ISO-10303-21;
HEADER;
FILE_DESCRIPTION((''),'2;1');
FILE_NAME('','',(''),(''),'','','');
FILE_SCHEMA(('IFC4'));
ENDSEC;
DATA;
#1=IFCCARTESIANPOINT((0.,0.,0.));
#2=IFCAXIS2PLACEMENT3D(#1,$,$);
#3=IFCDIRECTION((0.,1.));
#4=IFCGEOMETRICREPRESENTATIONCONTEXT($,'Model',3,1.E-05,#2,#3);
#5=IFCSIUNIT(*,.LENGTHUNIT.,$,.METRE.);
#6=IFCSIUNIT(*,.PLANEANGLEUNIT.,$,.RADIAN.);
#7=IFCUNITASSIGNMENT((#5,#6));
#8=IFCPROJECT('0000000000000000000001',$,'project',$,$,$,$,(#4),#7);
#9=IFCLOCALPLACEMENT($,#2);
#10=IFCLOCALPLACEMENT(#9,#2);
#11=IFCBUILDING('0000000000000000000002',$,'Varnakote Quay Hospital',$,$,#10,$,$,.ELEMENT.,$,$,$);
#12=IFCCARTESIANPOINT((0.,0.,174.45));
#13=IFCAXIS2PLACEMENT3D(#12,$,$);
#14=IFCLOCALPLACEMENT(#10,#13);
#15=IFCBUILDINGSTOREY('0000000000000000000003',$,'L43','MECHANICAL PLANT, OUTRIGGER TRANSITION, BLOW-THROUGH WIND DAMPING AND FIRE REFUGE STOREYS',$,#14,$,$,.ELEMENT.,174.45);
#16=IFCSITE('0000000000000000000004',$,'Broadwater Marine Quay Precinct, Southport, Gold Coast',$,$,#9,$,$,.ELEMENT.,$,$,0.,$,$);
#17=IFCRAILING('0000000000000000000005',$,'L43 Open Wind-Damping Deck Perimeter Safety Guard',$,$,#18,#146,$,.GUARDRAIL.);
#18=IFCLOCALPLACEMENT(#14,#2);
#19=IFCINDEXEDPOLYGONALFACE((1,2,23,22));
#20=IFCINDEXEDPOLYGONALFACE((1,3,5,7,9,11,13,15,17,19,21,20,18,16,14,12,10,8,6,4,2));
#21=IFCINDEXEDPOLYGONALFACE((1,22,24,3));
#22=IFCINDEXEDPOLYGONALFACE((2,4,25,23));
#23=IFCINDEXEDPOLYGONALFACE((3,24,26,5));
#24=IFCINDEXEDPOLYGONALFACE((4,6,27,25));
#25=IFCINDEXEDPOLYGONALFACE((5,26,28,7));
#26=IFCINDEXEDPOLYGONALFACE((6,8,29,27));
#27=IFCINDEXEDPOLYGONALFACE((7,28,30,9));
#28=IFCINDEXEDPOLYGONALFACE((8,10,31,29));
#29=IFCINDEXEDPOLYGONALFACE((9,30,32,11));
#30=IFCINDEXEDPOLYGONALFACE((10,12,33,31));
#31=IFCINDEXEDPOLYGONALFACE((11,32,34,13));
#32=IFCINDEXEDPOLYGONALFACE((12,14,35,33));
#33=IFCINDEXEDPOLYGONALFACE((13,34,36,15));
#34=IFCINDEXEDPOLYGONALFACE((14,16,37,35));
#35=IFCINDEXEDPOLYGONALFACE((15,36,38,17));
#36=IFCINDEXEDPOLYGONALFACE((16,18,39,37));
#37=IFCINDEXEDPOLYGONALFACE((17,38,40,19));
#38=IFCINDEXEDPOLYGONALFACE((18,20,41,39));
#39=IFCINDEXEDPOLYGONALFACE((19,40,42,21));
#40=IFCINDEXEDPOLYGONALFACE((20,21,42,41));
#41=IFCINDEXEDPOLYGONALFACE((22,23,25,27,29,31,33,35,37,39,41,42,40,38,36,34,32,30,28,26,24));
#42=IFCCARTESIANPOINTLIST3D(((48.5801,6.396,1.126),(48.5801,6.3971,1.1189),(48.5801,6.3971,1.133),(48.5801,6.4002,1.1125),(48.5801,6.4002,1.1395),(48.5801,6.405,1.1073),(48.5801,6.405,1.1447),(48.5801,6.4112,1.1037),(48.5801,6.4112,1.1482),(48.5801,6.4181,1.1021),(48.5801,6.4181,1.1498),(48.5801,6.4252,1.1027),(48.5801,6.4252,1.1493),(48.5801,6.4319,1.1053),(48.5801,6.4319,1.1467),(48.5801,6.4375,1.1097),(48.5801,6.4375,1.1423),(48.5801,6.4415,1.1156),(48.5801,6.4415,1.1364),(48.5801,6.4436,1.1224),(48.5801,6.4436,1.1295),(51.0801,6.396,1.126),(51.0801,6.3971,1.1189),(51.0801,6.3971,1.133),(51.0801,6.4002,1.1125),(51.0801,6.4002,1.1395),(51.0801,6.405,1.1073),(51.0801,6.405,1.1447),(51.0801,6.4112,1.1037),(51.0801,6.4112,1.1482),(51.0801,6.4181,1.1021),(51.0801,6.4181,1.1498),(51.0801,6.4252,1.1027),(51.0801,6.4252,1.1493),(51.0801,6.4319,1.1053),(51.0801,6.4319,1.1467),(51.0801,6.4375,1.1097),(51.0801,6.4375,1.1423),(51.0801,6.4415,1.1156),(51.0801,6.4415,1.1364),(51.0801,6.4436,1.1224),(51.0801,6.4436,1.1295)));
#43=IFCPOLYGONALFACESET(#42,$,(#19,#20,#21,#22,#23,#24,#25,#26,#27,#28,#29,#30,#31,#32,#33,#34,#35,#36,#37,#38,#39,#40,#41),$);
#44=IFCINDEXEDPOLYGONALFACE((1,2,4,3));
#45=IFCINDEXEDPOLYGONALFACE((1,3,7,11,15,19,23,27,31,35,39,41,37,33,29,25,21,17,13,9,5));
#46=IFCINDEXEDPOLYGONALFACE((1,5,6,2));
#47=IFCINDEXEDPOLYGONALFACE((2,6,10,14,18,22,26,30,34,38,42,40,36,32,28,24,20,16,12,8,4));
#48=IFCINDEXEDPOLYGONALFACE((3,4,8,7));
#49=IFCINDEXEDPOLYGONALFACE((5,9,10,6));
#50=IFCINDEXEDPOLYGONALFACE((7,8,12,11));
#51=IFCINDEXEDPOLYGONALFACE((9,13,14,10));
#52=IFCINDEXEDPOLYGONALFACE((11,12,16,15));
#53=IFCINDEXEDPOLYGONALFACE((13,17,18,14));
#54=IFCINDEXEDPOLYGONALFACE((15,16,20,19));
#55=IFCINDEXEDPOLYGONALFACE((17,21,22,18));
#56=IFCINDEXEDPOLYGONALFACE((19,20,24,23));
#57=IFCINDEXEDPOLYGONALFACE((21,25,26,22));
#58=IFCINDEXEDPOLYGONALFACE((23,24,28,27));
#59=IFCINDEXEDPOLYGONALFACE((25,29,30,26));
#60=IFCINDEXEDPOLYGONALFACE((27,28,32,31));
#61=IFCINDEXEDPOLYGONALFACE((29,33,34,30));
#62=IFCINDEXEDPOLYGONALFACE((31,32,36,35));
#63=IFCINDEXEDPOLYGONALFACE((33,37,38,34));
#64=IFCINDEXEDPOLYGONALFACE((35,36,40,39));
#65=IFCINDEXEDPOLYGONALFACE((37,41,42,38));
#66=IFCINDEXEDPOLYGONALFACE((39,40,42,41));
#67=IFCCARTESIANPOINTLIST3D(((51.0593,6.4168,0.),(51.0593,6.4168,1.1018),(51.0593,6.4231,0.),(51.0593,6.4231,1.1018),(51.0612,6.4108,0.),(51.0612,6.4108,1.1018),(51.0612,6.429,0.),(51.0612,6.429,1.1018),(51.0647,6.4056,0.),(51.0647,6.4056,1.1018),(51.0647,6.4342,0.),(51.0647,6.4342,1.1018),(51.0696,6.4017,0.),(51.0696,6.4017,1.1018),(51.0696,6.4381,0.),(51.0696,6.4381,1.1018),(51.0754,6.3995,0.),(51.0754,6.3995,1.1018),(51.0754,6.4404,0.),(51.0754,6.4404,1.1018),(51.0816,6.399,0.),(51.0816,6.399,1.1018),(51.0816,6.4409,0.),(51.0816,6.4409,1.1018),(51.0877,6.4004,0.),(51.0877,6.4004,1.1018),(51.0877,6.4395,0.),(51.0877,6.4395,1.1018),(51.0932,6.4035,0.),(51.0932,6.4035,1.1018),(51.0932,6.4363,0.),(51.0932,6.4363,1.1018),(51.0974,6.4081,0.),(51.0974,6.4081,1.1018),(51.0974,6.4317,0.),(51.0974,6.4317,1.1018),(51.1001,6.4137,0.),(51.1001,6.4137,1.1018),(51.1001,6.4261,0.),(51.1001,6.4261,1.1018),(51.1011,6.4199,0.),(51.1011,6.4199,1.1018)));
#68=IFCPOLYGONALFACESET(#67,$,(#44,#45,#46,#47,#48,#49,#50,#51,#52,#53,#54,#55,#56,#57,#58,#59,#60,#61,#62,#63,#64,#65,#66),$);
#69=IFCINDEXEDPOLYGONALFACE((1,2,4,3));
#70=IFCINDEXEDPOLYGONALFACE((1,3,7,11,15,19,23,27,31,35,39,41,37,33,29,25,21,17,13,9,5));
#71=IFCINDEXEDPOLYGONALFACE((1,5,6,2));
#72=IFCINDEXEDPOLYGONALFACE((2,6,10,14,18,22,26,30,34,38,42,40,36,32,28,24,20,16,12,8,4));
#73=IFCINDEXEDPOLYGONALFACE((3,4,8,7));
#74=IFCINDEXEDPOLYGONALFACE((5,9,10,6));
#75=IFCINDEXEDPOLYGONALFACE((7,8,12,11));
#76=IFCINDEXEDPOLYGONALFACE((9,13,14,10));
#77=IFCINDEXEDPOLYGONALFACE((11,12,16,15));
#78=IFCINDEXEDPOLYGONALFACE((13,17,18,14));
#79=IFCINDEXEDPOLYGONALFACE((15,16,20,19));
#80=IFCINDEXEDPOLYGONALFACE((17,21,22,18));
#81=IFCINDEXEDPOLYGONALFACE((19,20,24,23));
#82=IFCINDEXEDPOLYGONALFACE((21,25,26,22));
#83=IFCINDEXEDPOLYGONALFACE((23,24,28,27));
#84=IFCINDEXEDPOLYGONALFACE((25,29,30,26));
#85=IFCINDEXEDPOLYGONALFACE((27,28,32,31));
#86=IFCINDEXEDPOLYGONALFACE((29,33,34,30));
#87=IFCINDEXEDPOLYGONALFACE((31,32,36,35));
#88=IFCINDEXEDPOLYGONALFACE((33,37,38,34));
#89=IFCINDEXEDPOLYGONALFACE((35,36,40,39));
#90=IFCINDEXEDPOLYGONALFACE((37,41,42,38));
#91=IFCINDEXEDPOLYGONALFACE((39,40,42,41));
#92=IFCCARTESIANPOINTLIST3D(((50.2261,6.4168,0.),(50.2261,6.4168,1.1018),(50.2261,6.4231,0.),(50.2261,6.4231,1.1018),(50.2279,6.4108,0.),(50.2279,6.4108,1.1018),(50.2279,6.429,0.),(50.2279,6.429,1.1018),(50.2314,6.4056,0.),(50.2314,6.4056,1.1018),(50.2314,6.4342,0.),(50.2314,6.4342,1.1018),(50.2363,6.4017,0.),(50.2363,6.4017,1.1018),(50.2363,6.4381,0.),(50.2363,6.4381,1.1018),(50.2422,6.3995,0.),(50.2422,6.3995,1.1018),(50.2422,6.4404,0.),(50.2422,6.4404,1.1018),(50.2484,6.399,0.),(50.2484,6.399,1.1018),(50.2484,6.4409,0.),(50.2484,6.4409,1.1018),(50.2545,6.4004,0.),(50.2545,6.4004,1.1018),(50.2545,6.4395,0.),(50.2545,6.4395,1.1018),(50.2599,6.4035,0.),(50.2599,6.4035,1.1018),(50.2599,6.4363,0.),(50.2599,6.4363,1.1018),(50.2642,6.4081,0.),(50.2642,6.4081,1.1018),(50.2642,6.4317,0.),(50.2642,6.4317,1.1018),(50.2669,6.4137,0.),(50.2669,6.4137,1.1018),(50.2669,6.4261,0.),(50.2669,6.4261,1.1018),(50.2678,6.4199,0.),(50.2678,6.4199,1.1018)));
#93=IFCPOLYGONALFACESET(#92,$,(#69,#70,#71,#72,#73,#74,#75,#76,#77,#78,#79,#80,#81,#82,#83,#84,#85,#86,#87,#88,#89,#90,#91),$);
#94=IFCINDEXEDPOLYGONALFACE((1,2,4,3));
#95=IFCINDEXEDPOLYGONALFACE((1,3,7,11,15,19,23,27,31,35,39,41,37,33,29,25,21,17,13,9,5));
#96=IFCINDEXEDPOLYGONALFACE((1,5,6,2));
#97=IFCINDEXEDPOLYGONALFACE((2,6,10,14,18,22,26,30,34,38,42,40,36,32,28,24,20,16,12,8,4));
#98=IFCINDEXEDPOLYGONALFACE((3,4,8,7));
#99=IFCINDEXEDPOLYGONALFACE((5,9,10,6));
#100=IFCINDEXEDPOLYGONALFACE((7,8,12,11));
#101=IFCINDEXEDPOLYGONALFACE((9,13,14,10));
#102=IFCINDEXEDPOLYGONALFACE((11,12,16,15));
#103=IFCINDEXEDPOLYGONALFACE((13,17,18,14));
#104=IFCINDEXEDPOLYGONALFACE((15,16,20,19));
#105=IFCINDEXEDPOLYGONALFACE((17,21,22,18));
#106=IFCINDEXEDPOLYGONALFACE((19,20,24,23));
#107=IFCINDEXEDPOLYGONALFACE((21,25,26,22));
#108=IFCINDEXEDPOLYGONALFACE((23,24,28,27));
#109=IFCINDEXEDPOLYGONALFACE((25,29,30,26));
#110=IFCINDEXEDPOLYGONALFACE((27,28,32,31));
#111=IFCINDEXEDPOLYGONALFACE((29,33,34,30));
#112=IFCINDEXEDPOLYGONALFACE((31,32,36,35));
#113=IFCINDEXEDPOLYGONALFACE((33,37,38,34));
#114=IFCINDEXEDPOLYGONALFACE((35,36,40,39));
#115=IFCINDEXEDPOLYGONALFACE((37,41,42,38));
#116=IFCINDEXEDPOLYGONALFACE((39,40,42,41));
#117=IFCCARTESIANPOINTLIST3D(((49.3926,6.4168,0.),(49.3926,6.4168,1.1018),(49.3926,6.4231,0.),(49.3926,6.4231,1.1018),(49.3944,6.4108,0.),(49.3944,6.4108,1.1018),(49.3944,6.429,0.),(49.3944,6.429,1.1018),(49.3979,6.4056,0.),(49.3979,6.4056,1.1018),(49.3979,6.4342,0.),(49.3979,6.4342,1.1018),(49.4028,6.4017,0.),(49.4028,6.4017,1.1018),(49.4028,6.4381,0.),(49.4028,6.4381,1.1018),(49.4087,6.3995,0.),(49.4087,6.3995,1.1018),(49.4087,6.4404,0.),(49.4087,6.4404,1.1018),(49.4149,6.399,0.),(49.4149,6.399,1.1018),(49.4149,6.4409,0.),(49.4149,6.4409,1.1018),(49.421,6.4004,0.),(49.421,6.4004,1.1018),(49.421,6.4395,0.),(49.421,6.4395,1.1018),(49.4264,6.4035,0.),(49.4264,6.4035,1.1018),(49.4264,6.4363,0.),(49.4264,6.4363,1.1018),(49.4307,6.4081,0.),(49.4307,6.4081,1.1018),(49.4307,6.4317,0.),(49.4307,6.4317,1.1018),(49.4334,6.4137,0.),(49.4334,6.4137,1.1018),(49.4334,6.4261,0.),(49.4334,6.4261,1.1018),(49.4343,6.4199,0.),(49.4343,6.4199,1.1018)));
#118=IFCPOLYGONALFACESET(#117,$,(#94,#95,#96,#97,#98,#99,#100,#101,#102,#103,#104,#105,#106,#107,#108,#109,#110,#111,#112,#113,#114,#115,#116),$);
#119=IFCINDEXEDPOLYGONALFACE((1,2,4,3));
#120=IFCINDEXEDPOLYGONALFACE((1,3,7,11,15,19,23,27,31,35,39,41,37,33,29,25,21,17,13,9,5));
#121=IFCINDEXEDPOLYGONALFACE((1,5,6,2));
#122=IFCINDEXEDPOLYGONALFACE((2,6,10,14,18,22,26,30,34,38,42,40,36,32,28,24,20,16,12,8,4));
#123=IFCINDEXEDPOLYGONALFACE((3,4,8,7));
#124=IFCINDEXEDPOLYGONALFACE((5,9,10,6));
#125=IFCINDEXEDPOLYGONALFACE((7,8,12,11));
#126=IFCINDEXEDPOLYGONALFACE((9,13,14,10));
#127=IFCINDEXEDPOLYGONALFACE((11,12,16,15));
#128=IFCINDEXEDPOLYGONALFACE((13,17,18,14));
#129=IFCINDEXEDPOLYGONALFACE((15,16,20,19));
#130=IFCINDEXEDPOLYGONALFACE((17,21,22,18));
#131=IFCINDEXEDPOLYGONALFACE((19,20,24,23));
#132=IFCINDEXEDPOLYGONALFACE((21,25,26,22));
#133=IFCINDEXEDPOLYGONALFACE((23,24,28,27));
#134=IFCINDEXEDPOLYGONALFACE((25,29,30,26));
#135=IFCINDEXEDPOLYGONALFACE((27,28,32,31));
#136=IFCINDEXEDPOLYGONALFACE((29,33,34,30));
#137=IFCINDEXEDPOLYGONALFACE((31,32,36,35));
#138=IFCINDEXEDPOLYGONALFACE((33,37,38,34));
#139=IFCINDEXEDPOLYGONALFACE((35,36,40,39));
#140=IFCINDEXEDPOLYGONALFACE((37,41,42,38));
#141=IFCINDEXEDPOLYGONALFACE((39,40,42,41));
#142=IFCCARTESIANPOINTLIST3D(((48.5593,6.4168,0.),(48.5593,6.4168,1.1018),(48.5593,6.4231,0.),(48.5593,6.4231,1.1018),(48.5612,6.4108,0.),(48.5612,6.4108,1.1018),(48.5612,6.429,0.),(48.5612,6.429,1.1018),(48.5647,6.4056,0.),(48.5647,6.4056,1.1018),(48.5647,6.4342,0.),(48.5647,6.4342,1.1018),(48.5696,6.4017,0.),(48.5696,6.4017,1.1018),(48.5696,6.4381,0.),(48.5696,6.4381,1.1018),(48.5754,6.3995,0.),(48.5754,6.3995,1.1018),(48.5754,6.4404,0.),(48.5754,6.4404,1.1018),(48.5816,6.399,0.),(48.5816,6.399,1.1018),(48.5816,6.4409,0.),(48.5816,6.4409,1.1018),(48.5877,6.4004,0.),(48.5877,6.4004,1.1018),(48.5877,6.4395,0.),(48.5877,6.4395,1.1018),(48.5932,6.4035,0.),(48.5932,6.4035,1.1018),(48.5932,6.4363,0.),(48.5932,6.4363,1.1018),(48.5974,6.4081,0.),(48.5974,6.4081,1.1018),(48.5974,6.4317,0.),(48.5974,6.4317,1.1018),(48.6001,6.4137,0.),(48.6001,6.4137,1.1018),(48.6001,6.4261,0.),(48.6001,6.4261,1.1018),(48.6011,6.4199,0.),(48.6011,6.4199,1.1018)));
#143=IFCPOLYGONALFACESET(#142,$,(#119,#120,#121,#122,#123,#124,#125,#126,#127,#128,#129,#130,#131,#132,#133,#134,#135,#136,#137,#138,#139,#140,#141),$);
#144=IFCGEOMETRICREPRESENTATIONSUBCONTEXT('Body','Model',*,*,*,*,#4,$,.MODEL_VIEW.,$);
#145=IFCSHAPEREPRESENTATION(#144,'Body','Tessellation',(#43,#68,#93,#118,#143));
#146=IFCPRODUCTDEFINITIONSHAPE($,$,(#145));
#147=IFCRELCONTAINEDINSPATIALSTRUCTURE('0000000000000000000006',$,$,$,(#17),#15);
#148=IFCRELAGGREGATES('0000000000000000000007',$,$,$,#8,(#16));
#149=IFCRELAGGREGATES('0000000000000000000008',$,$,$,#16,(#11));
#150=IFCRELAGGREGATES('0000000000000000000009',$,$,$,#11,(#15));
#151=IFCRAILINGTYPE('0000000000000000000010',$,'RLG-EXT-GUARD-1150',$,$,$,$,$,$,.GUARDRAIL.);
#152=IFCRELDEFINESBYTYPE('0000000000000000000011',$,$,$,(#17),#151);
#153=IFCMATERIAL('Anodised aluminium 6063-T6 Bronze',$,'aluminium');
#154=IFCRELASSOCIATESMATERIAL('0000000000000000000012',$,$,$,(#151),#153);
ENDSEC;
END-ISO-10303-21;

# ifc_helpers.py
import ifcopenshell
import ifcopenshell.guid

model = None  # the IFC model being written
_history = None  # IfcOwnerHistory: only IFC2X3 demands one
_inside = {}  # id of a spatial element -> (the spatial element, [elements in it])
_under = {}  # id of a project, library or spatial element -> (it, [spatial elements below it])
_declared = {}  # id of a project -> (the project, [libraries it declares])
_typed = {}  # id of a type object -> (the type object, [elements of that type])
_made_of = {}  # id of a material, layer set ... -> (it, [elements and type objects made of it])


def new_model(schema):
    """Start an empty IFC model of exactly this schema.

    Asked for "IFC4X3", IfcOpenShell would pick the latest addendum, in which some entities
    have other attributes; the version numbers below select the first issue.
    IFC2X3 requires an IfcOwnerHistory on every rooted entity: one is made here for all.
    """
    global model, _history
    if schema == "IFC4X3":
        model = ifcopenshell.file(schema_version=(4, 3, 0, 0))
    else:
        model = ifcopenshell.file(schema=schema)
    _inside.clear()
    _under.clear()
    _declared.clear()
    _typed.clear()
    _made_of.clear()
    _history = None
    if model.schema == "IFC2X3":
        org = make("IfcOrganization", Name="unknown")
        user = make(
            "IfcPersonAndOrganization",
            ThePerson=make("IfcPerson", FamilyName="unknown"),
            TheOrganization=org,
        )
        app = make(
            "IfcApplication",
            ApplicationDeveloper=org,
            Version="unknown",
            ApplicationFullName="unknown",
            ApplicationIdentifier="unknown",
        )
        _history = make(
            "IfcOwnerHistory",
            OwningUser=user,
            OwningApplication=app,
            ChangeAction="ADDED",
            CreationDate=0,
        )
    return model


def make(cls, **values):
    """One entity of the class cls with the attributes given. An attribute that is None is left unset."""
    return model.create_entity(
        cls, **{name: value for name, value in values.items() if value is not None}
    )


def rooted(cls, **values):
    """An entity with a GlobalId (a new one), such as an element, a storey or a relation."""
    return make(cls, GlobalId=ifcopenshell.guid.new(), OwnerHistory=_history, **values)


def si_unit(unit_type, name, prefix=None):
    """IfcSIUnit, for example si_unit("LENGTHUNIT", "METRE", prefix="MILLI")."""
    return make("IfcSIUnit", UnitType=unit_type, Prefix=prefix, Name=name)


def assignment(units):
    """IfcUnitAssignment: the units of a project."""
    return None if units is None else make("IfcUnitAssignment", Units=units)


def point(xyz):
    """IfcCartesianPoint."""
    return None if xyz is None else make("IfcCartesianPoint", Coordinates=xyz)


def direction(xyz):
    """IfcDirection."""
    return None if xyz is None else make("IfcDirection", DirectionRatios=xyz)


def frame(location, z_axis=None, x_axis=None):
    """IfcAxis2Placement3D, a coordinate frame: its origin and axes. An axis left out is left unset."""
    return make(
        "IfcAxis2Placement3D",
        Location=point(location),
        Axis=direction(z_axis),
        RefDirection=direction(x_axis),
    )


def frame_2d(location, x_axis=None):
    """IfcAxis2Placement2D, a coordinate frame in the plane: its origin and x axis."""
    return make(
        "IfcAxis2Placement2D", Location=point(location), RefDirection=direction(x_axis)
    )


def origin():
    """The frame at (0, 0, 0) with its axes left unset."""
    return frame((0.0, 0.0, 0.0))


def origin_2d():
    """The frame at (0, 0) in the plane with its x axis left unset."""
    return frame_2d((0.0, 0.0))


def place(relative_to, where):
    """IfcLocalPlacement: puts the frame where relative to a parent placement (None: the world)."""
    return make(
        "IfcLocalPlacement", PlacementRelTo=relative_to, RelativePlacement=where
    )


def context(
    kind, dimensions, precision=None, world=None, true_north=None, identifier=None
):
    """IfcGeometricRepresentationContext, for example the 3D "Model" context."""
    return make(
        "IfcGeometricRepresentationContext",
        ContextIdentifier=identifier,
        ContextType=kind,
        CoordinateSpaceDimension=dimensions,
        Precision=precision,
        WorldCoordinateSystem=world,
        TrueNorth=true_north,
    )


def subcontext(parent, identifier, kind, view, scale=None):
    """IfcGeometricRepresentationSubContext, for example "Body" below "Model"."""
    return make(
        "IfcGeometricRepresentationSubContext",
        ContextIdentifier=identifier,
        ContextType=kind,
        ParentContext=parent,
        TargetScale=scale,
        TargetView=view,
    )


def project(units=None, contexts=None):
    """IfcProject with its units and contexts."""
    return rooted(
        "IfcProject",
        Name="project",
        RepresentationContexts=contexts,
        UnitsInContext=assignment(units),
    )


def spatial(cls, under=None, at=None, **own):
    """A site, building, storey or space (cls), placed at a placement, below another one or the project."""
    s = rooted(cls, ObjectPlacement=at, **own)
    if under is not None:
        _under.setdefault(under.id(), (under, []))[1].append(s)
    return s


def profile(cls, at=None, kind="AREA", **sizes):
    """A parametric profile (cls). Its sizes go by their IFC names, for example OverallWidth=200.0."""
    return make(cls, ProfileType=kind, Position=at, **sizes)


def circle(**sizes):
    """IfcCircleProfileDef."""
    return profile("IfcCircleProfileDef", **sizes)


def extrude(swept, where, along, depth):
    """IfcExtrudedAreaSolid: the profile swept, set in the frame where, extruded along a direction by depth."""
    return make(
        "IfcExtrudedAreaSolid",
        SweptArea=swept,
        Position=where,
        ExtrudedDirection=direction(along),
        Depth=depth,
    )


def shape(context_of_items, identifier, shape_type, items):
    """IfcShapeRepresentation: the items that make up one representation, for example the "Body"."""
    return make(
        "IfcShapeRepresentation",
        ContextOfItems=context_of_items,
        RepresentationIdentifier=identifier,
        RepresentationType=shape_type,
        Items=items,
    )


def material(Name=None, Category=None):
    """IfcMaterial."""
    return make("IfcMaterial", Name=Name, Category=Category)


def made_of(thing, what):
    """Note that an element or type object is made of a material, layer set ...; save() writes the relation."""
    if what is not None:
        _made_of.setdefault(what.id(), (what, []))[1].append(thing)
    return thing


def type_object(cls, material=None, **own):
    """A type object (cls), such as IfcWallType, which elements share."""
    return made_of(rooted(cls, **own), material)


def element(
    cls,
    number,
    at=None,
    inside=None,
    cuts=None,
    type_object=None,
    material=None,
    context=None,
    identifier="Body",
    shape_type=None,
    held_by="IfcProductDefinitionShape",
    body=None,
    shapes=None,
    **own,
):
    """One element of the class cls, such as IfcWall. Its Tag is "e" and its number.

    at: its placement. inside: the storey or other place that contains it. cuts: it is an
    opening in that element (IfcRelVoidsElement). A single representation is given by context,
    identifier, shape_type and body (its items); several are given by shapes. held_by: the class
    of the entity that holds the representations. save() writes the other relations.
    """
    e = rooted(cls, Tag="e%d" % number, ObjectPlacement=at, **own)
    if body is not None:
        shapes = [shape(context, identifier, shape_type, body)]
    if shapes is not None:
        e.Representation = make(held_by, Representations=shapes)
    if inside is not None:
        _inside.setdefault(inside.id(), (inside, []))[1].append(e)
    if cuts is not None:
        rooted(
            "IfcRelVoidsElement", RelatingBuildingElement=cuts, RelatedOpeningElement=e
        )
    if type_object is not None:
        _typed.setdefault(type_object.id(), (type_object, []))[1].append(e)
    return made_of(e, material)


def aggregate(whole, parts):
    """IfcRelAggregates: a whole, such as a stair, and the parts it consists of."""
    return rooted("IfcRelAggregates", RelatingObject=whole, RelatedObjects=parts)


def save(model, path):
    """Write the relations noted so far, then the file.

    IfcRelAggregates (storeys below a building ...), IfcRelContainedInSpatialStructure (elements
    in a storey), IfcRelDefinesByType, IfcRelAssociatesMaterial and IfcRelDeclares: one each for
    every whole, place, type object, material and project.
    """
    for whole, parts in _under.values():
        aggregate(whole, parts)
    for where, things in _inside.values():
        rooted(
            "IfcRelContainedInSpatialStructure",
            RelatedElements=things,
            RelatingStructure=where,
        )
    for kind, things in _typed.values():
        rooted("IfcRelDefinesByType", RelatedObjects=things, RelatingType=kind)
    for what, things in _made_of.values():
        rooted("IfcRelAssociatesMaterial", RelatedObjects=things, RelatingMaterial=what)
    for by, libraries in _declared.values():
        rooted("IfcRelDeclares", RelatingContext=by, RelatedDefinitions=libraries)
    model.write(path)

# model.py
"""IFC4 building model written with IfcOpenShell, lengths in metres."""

from ifc_helpers import new_model, si_unit, direction, frame, origin, origin_2d, place, context, subcontext, project, spatial, circle, extrude, material, type_object, element, save


model = new_model("IFC4")

# Units and contexts
model_context = context("Model", 3, precision=1e-05, world=origin(), true_north=direction((0.0, 1.0)))
body_context = subcontext(model_context, "Body", "Model", "MODEL_VIEW")
ifc_project = project(units=[si_unit("LENGTHUNIT", "METRE"), si_unit("PLANEANGLEUNIT", "RADIAN")], contexts=[model_context])

# Site, building, storey
site_placement = place(None, origin())
site = spatial("IfcSite", under=ifc_project, at=site_placement, Name="Broadwater Marine Quay Precinct, Southport, Gold Coast", CompositionType="ELEMENT", RefElevation=0.0)
building_placement = place(site_placement, origin())
building = spatial("IfcBuilding", under=site, at=building_placement, Name="Varnakote Quay Hospital", CompositionType="ELEMENT")
storey_placement = place(building_placement, frame((0.0, 0.0, 174.45)))
storey = spatial("IfcBuildingStorey", under=building, at=storey_placement, Name="L43", Description="MECHANICAL PLANT, OUTRIGGER TRANSITION, BLOW-THROUGH WIND DAMPING AND FIRE REFUGE STOREYS", CompositionType="ELEMENT", Elevation=174.45)

# Railing
ifc_material_1 = material(Name="Anodised aluminium 6063-T6 Bronze", Category="aluminium")
railing_type = type_object("IfcRailingType", Name="RLG-EXT-GUARD-1150", PredefinedType="GUARDRAIL", material=ifc_material_1)
railing_1_placement = place(storey_placement, frame((51.0801, 6.4199, 0.0)))
element("IfcRailing", 1, at=railing_1_placement, inside=storey, type_object=railing_type, Name="L43 Open Wind-Damping Deck Perimeter Safety Guard", PredefinedType="GUARDRAIL", context=body_context, shape_type="SweptSolid", body=[
    extrude(circle(Radius=0.0239, at=origin_2d()), frame((0.0, 0.0, 1.126), z_axis=(-1.0, 0.0, 0.0), x_axis=(0.0, -1.0, 0.0)), (0.0, 0.0, 1.0), 2.5),
    extrude(circle(Radius=0.021, at=origin_2d()), origin(), (0.0, 0.0, 1.0), 1.1018),
    extrude(circle(Radius=0.021, at=origin_2d()), frame((-0.8333, 0.0, 0.0)), (0.0, 0.0, 1.0), 1.1018),
    extrude(circle(Radius=0.021, at=origin_2d()), frame((-1.6667, 0.0, 0.0)), (0.0, 0.0, 1.0), 1.1018),
    extrude(circle(Radius=0.021, at=origin_2d()), frame((-2.5, 0.0, 0.0)), (0.0, 0.0, 1.0), 1.1018),
])

save(model, "model.ifc")
